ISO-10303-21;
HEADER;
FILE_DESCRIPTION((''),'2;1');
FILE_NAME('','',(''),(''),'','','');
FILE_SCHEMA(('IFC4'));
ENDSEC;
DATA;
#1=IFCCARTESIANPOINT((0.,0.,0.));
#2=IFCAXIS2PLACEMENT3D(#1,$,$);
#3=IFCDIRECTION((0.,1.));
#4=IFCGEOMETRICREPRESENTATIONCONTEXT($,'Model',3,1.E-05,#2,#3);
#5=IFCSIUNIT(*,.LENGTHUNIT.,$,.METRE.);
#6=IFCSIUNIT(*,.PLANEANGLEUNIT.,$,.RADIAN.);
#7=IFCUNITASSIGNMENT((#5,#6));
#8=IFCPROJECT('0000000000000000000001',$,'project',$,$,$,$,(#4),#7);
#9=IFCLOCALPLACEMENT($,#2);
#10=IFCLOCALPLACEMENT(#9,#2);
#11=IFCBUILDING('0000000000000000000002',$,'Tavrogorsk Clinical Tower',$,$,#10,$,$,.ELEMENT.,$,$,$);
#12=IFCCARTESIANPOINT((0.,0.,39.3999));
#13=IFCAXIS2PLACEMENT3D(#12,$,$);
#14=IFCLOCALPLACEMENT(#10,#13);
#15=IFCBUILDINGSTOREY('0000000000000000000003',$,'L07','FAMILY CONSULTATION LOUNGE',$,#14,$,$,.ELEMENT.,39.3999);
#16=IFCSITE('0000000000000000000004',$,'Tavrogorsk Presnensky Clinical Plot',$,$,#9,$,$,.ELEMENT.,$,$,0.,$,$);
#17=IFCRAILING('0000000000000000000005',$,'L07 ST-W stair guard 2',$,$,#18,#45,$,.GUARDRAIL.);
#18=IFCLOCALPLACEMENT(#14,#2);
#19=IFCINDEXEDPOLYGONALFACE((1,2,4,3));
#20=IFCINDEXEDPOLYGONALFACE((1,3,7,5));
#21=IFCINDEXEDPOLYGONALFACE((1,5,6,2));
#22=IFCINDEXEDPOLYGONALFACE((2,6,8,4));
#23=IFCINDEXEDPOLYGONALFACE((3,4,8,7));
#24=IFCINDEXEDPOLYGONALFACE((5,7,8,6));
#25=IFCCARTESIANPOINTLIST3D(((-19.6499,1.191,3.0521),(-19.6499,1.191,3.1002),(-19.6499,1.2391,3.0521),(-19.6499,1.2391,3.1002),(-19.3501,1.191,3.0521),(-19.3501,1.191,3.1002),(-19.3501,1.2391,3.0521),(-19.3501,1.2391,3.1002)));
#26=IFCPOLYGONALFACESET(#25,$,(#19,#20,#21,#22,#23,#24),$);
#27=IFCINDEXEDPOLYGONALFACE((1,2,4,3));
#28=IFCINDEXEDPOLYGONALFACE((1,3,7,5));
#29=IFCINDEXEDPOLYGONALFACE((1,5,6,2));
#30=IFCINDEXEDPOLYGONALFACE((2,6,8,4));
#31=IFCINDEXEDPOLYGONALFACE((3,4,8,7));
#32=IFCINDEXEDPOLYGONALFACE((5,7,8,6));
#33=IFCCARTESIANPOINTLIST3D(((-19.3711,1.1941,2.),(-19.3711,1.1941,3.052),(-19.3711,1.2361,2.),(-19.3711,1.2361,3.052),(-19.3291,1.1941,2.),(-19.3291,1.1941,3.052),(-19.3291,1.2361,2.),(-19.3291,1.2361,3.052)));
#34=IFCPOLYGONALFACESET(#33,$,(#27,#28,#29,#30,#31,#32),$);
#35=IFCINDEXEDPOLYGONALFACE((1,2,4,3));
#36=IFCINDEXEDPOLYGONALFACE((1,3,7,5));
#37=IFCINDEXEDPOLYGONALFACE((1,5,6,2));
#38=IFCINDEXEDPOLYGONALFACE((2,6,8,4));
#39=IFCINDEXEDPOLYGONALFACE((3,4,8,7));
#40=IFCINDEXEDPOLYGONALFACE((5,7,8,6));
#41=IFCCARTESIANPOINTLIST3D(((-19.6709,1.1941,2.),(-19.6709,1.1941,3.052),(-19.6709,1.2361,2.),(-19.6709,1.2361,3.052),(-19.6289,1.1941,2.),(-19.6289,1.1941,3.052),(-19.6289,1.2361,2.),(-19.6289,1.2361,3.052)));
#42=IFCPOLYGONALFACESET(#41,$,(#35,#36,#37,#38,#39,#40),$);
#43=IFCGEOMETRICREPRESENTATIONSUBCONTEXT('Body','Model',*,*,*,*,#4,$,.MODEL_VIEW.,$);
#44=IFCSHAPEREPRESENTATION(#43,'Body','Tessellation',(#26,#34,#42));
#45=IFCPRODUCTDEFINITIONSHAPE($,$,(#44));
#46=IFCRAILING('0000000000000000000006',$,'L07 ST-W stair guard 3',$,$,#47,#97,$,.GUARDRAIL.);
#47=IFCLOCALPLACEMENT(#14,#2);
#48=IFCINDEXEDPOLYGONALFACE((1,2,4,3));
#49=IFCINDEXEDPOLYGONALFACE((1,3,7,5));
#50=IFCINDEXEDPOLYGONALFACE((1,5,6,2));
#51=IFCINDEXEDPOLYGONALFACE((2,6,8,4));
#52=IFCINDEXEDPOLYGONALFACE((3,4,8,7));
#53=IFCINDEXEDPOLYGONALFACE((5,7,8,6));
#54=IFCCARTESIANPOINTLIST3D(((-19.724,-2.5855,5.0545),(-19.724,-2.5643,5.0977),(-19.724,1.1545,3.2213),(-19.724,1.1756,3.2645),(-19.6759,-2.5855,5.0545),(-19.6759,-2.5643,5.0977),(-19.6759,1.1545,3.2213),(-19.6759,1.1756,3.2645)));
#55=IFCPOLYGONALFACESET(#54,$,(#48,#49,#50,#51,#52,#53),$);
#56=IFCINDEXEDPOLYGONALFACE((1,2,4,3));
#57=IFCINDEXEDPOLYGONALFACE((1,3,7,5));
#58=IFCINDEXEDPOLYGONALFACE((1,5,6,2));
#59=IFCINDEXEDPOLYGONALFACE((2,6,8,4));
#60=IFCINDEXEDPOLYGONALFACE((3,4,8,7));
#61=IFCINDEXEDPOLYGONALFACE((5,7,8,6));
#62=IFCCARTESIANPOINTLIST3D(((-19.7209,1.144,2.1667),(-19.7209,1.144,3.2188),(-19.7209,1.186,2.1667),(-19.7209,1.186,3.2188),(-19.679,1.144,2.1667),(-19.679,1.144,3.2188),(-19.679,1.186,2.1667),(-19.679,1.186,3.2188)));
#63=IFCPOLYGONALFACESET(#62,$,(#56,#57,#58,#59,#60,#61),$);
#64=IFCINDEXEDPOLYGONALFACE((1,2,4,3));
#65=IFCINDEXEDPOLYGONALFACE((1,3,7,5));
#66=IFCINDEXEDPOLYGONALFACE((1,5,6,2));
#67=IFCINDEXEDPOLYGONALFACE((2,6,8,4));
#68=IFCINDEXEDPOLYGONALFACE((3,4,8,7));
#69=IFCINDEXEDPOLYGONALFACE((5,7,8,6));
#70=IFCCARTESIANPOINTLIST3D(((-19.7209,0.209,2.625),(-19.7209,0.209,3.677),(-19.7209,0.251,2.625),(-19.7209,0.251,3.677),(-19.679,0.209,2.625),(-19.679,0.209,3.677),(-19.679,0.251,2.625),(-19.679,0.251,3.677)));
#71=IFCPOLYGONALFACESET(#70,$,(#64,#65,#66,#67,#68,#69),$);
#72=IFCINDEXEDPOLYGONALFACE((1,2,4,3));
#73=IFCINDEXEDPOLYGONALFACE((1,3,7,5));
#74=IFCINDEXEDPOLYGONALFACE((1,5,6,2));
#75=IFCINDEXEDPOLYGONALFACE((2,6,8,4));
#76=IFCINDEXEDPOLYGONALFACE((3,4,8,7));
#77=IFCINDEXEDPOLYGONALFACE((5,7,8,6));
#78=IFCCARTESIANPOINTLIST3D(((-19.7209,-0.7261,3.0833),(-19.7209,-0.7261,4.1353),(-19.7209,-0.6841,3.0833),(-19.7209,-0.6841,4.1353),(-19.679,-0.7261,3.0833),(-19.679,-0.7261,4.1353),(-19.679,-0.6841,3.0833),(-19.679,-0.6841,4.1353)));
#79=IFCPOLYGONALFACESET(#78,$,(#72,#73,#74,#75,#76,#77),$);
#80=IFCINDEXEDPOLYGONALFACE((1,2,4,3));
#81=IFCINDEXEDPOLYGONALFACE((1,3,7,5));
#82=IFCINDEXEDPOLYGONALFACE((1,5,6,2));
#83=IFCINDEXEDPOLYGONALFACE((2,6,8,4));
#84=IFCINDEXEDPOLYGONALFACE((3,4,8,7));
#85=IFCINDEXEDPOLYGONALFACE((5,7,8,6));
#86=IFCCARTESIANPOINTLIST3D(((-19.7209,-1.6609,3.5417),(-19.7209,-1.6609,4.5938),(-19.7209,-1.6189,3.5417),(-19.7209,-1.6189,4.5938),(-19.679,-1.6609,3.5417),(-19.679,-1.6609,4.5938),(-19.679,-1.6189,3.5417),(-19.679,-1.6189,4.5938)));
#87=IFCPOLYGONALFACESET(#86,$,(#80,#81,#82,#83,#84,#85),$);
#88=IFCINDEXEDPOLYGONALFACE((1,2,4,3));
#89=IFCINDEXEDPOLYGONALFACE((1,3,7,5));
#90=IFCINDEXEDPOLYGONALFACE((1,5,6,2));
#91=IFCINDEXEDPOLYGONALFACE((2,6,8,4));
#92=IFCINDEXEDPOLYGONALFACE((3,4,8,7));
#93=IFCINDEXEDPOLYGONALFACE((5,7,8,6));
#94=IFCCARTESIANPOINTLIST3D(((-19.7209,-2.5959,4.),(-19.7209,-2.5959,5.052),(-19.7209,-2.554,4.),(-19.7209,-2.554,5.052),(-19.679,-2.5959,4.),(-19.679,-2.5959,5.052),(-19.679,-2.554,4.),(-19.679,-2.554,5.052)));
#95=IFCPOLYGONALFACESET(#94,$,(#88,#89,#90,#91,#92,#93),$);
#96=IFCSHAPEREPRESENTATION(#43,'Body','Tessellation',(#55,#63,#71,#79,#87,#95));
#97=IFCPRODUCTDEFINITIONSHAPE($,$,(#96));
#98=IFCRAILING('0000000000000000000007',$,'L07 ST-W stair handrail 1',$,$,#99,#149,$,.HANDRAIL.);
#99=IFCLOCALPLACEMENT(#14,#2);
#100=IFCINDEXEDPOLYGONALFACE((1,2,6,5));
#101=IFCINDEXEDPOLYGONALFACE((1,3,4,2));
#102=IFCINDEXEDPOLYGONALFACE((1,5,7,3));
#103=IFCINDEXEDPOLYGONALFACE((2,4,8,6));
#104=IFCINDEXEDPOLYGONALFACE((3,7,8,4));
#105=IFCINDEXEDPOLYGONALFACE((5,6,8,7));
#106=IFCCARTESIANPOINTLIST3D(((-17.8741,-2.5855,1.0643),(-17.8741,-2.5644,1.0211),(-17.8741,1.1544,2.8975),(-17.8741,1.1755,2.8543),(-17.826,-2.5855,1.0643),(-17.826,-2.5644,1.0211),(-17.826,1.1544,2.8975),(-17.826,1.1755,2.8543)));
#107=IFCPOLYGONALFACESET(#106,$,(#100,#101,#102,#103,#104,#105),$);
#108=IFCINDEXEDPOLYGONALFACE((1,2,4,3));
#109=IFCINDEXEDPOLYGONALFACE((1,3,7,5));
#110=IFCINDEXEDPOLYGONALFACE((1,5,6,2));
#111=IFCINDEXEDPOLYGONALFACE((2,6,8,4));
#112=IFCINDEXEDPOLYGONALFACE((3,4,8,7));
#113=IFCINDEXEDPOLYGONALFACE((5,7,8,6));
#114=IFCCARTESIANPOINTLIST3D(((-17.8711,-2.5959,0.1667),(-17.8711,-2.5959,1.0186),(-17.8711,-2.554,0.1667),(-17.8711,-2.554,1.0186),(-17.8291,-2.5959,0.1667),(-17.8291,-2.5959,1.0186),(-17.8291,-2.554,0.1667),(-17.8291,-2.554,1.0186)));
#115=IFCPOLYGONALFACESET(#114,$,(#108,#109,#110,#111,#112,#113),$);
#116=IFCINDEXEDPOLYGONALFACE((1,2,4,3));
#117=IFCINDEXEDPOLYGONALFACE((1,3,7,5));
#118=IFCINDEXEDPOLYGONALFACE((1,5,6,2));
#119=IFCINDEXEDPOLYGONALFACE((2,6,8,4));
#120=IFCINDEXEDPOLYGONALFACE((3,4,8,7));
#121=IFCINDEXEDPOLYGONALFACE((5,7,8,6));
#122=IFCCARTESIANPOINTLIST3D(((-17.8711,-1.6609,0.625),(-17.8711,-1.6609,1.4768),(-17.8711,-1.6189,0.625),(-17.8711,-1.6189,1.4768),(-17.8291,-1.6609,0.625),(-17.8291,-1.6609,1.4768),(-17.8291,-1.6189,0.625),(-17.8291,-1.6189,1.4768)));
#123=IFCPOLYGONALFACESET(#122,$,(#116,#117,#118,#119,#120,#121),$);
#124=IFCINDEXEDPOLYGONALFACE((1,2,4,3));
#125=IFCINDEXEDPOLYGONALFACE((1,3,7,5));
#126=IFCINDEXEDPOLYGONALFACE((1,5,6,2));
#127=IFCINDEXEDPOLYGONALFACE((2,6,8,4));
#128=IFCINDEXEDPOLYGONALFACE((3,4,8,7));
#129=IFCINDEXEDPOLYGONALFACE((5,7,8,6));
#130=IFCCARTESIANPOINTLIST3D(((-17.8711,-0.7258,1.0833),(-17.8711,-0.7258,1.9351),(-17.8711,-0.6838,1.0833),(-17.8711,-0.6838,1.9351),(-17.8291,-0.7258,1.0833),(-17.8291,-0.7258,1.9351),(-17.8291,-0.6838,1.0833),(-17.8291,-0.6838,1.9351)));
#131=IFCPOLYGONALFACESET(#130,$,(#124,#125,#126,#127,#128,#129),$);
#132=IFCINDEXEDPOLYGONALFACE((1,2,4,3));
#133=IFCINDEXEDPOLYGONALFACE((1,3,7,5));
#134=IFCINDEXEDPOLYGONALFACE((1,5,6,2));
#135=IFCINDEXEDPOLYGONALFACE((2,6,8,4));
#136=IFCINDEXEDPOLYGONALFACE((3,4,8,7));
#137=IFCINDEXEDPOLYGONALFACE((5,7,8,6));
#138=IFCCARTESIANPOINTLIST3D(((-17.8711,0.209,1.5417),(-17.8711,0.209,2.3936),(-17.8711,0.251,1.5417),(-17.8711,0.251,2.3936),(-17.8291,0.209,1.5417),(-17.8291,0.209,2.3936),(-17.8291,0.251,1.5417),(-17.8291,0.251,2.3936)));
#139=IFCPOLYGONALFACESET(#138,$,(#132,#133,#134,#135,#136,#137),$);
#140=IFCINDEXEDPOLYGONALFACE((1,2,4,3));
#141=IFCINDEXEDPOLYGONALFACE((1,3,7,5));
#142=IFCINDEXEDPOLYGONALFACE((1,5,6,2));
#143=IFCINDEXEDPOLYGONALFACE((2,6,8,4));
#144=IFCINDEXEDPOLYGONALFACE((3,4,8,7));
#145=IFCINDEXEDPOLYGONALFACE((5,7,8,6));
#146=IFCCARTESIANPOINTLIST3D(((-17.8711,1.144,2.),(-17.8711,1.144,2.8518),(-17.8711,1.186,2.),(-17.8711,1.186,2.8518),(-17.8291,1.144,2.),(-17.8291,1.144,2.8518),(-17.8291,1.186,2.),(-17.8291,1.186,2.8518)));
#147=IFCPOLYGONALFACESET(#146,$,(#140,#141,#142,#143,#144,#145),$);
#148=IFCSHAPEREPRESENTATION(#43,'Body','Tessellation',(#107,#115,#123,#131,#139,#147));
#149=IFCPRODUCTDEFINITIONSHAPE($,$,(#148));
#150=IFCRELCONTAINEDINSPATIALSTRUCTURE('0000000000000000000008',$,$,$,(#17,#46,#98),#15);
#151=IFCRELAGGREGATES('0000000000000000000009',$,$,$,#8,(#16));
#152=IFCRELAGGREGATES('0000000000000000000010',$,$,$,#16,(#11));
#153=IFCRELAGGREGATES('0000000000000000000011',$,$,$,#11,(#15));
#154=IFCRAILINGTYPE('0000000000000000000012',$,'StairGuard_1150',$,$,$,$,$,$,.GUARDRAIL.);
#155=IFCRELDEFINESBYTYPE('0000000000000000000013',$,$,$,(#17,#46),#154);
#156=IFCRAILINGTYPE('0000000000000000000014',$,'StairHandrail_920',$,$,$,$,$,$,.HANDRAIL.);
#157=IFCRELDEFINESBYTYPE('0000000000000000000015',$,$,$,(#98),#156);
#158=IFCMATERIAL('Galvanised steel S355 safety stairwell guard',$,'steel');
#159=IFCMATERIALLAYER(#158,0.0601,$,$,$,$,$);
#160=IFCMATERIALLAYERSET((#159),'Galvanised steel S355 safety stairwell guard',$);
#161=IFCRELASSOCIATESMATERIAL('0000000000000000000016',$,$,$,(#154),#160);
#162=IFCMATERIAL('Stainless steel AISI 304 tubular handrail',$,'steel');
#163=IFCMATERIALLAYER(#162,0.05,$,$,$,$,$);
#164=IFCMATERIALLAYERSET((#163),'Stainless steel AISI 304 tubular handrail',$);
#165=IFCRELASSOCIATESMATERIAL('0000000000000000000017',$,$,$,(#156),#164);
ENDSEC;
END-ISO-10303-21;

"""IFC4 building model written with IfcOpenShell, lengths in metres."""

from ifc_helpers import new_model, si_unit, direction, frame, origin, origin_2d, place, context, subcontext, project, spatial, rectangle, extrude, material, layer, layer_set, type_object, element, save


model = new_model("IFC4")

# Units and contexts
model_context = context("Model", 3, precision=1e-05, world=origin(), true_north=direction((0.0, 1.0)))
body_context = subcontext(model_context, "Body", "Model", "MODEL_VIEW")
ifc_project = project(units=[si_unit("LENGTHUNIT", "METRE"), si_unit("PLANEANGLEUNIT", "RADIAN")], contexts=[model_context])

# Site, building, storey
site_placement = place(None, origin())
site = spatial("IfcSite", under=ifc_project, at=site_placement, Name="Tavrogorsk Presnensky Clinical Plot", CompositionType="ELEMENT", RefElevation=0.0)
building_placement = place(site_placement, origin())
building = spatial("IfcBuilding", under=site, at=building_placement, Name="Tavrogorsk Clinical Tower", CompositionType="ELEMENT")
storey_placement = place(building_placement, frame((0.0, 0.0, 39.3999)))
storey = spatial("IfcBuildingStorey", under=building, at=storey_placement, Name="L07", Description="FAMILY CONSULTATION LOUNGE", CompositionType="ELEMENT", Elevation=39.3999)

# Railings
ifc_material_1 = material(Name="Galvanised steel S355 safety stairwell guard", Category="steel")
ifc_layer_1 = layer(ifc_material_1, 0.0601)
ifc_layer_set_1 = layer_set([ifc_layer_1], Name="Galvanised steel S355 safety stairwell guard")
railing_type_1 = type_object("IfcRailingType", Name="StairGuard_1150", PredefinedType="GUARDRAIL", material=ifc_layer_set_1)
railing_1_placement = place(storey_placement, frame((-19.3501, 1.2151, 2.0)))
element("IfcRailing", 1, at=railing_1_placement, inside=storey, type_object=railing_type_1, Name="L07 ST-W stair guard 2", PredefinedType="GUARDRAIL", context=body_context, shape_type="SweptSolid", body=[
    extrude(rectangle(XDim=0.0481, YDim=0.0481, at=origin_2d()), frame((0.0, 0.0, 1.0762), z_axis=(-1.0, 0.0, 0.0), x_axis=(0.0, -1.0, 0.0)), (0.0, 0.0, 1.0), 0.2998),
    extrude(rectangle(XDim=0.042, YDim=0.042, at=origin_2d()), origin(), (0.0, 0.0, 1.0), 1.052),
    extrude(rectangle(XDim=0.042, YDim=0.042, at=origin_2d()), frame((-0.2998, 0.0, 0.0)), (0.0, 0.0, 1.0), 1.052),
])
railing_2_placement = place(storey_placement, frame((-19.7, 1.165, 2.1667)))
element("IfcRailing", 2, at=railing_2_placement, inside=storey, type_object=railing_type_1, Name="L07 ST-W stair guard 3", PredefinedType="GUARDRAIL", context=body_context, shape_type="SweptSolid", body=[
    extrude(rectangle(XDim=0.0481, YDim=0.0481, at=origin_2d()), frame((0.0, 0.0, 1.0762), z_axis=(0.0, -0.897928, 0.440142), x_axis=(1.0, 0.0, 0.0)), (0.0, 0.0, 1.0), 4.165),
    extrude(rectangle(XDim=0.042, YDim=0.042, at=origin_2d()), origin(), (0.0, 0.0, 1.0), 1.052),
    extrude(rectangle(XDim=0.042, YDim=0.042, at=origin_2d()), frame((0.0, -0.9351, 0.4583)), (0.0, 0.0, 1.0), 1.052),
    extrude(rectangle(XDim=0.042, YDim=0.042, at=origin_2d()), frame((0.0, -1.8701, 0.9165)), (0.0, 0.0, 1.0), 1.052),
    extrude(rectangle(XDim=0.042, YDim=0.042, at=origin_2d()), frame((0.0, -2.8049, 1.375)), (0.0, 0.0, 1.0), 1.052),
    extrude(rectangle(XDim=0.042, YDim=0.042, at=origin_2d()), frame((0.0, -3.74, 1.8333)), (0.0, 0.0, 1.0), 1.052),
])
ifc_material_2 = material(Name="Stainless steel AISI 304 tubular handrail", Category="steel")
ifc_layer_2 = layer(ifc_material_2, 0.05)
ifc_layer_set_2 = layer_set([ifc_layer_2], Name="Stainless steel AISI 304 tubular handrail")
railing_type_2 = type_object("IfcRailingType", Name="StairHandrail_920", PredefinedType="HANDRAIL", material=ifc_layer_set_2)
railing_3_placement = place(storey_placement, frame((-17.8501, -2.575, 0.1667)))
element("IfcRailing", 3, at=railing_3_placement, inside=storey, type_object=railing_type_2, Name="L07 ST-W stair handrail 1", PredefinedType="HANDRAIL", context=body_context, shape_type="SweptSolid", body=[
    extrude(rectangle(XDim=0.0481, YDim=0.0481, at=origin_2d()), frame((0.0, 0.0, 0.876), z_axis=(0.0, 0.897928, 0.440142), x_axis=(-1.0, 0.0, 0.0)), (0.0, 0.0, 1.0), 4.165),
    extrude(rectangle(XDim=0.042, YDim=0.042, at=origin_2d()), origin(), (0.0, 0.0, 1.0), 0.8518),
    extrude(rectangle(XDim=0.042, YDim=0.042, at=origin_2d()), frame((0.0, 0.9351, 0.4583)), (0.0, 0.0, 1.0), 0.8518),
    extrude(rectangle(XDim=0.042, YDim=0.042, at=origin_2d()), frame((0.0, 1.8701, 0.9165)), (0.0, 0.0, 1.0), 0.8518),
    extrude(rectangle(XDim=0.042, YDim=0.042, at=origin_2d()), frame((0.0, 2.8049, 1.375)), (0.0, 0.0, 1.0), 0.8518),
    extrude(rectangle(XDim=0.042, YDim=0.042, at=origin_2d()), frame((0.0, 3.74, 1.8333)), (0.0, 0.0, 1.0), 0.8518),
])

save(model, "model.ifc")
